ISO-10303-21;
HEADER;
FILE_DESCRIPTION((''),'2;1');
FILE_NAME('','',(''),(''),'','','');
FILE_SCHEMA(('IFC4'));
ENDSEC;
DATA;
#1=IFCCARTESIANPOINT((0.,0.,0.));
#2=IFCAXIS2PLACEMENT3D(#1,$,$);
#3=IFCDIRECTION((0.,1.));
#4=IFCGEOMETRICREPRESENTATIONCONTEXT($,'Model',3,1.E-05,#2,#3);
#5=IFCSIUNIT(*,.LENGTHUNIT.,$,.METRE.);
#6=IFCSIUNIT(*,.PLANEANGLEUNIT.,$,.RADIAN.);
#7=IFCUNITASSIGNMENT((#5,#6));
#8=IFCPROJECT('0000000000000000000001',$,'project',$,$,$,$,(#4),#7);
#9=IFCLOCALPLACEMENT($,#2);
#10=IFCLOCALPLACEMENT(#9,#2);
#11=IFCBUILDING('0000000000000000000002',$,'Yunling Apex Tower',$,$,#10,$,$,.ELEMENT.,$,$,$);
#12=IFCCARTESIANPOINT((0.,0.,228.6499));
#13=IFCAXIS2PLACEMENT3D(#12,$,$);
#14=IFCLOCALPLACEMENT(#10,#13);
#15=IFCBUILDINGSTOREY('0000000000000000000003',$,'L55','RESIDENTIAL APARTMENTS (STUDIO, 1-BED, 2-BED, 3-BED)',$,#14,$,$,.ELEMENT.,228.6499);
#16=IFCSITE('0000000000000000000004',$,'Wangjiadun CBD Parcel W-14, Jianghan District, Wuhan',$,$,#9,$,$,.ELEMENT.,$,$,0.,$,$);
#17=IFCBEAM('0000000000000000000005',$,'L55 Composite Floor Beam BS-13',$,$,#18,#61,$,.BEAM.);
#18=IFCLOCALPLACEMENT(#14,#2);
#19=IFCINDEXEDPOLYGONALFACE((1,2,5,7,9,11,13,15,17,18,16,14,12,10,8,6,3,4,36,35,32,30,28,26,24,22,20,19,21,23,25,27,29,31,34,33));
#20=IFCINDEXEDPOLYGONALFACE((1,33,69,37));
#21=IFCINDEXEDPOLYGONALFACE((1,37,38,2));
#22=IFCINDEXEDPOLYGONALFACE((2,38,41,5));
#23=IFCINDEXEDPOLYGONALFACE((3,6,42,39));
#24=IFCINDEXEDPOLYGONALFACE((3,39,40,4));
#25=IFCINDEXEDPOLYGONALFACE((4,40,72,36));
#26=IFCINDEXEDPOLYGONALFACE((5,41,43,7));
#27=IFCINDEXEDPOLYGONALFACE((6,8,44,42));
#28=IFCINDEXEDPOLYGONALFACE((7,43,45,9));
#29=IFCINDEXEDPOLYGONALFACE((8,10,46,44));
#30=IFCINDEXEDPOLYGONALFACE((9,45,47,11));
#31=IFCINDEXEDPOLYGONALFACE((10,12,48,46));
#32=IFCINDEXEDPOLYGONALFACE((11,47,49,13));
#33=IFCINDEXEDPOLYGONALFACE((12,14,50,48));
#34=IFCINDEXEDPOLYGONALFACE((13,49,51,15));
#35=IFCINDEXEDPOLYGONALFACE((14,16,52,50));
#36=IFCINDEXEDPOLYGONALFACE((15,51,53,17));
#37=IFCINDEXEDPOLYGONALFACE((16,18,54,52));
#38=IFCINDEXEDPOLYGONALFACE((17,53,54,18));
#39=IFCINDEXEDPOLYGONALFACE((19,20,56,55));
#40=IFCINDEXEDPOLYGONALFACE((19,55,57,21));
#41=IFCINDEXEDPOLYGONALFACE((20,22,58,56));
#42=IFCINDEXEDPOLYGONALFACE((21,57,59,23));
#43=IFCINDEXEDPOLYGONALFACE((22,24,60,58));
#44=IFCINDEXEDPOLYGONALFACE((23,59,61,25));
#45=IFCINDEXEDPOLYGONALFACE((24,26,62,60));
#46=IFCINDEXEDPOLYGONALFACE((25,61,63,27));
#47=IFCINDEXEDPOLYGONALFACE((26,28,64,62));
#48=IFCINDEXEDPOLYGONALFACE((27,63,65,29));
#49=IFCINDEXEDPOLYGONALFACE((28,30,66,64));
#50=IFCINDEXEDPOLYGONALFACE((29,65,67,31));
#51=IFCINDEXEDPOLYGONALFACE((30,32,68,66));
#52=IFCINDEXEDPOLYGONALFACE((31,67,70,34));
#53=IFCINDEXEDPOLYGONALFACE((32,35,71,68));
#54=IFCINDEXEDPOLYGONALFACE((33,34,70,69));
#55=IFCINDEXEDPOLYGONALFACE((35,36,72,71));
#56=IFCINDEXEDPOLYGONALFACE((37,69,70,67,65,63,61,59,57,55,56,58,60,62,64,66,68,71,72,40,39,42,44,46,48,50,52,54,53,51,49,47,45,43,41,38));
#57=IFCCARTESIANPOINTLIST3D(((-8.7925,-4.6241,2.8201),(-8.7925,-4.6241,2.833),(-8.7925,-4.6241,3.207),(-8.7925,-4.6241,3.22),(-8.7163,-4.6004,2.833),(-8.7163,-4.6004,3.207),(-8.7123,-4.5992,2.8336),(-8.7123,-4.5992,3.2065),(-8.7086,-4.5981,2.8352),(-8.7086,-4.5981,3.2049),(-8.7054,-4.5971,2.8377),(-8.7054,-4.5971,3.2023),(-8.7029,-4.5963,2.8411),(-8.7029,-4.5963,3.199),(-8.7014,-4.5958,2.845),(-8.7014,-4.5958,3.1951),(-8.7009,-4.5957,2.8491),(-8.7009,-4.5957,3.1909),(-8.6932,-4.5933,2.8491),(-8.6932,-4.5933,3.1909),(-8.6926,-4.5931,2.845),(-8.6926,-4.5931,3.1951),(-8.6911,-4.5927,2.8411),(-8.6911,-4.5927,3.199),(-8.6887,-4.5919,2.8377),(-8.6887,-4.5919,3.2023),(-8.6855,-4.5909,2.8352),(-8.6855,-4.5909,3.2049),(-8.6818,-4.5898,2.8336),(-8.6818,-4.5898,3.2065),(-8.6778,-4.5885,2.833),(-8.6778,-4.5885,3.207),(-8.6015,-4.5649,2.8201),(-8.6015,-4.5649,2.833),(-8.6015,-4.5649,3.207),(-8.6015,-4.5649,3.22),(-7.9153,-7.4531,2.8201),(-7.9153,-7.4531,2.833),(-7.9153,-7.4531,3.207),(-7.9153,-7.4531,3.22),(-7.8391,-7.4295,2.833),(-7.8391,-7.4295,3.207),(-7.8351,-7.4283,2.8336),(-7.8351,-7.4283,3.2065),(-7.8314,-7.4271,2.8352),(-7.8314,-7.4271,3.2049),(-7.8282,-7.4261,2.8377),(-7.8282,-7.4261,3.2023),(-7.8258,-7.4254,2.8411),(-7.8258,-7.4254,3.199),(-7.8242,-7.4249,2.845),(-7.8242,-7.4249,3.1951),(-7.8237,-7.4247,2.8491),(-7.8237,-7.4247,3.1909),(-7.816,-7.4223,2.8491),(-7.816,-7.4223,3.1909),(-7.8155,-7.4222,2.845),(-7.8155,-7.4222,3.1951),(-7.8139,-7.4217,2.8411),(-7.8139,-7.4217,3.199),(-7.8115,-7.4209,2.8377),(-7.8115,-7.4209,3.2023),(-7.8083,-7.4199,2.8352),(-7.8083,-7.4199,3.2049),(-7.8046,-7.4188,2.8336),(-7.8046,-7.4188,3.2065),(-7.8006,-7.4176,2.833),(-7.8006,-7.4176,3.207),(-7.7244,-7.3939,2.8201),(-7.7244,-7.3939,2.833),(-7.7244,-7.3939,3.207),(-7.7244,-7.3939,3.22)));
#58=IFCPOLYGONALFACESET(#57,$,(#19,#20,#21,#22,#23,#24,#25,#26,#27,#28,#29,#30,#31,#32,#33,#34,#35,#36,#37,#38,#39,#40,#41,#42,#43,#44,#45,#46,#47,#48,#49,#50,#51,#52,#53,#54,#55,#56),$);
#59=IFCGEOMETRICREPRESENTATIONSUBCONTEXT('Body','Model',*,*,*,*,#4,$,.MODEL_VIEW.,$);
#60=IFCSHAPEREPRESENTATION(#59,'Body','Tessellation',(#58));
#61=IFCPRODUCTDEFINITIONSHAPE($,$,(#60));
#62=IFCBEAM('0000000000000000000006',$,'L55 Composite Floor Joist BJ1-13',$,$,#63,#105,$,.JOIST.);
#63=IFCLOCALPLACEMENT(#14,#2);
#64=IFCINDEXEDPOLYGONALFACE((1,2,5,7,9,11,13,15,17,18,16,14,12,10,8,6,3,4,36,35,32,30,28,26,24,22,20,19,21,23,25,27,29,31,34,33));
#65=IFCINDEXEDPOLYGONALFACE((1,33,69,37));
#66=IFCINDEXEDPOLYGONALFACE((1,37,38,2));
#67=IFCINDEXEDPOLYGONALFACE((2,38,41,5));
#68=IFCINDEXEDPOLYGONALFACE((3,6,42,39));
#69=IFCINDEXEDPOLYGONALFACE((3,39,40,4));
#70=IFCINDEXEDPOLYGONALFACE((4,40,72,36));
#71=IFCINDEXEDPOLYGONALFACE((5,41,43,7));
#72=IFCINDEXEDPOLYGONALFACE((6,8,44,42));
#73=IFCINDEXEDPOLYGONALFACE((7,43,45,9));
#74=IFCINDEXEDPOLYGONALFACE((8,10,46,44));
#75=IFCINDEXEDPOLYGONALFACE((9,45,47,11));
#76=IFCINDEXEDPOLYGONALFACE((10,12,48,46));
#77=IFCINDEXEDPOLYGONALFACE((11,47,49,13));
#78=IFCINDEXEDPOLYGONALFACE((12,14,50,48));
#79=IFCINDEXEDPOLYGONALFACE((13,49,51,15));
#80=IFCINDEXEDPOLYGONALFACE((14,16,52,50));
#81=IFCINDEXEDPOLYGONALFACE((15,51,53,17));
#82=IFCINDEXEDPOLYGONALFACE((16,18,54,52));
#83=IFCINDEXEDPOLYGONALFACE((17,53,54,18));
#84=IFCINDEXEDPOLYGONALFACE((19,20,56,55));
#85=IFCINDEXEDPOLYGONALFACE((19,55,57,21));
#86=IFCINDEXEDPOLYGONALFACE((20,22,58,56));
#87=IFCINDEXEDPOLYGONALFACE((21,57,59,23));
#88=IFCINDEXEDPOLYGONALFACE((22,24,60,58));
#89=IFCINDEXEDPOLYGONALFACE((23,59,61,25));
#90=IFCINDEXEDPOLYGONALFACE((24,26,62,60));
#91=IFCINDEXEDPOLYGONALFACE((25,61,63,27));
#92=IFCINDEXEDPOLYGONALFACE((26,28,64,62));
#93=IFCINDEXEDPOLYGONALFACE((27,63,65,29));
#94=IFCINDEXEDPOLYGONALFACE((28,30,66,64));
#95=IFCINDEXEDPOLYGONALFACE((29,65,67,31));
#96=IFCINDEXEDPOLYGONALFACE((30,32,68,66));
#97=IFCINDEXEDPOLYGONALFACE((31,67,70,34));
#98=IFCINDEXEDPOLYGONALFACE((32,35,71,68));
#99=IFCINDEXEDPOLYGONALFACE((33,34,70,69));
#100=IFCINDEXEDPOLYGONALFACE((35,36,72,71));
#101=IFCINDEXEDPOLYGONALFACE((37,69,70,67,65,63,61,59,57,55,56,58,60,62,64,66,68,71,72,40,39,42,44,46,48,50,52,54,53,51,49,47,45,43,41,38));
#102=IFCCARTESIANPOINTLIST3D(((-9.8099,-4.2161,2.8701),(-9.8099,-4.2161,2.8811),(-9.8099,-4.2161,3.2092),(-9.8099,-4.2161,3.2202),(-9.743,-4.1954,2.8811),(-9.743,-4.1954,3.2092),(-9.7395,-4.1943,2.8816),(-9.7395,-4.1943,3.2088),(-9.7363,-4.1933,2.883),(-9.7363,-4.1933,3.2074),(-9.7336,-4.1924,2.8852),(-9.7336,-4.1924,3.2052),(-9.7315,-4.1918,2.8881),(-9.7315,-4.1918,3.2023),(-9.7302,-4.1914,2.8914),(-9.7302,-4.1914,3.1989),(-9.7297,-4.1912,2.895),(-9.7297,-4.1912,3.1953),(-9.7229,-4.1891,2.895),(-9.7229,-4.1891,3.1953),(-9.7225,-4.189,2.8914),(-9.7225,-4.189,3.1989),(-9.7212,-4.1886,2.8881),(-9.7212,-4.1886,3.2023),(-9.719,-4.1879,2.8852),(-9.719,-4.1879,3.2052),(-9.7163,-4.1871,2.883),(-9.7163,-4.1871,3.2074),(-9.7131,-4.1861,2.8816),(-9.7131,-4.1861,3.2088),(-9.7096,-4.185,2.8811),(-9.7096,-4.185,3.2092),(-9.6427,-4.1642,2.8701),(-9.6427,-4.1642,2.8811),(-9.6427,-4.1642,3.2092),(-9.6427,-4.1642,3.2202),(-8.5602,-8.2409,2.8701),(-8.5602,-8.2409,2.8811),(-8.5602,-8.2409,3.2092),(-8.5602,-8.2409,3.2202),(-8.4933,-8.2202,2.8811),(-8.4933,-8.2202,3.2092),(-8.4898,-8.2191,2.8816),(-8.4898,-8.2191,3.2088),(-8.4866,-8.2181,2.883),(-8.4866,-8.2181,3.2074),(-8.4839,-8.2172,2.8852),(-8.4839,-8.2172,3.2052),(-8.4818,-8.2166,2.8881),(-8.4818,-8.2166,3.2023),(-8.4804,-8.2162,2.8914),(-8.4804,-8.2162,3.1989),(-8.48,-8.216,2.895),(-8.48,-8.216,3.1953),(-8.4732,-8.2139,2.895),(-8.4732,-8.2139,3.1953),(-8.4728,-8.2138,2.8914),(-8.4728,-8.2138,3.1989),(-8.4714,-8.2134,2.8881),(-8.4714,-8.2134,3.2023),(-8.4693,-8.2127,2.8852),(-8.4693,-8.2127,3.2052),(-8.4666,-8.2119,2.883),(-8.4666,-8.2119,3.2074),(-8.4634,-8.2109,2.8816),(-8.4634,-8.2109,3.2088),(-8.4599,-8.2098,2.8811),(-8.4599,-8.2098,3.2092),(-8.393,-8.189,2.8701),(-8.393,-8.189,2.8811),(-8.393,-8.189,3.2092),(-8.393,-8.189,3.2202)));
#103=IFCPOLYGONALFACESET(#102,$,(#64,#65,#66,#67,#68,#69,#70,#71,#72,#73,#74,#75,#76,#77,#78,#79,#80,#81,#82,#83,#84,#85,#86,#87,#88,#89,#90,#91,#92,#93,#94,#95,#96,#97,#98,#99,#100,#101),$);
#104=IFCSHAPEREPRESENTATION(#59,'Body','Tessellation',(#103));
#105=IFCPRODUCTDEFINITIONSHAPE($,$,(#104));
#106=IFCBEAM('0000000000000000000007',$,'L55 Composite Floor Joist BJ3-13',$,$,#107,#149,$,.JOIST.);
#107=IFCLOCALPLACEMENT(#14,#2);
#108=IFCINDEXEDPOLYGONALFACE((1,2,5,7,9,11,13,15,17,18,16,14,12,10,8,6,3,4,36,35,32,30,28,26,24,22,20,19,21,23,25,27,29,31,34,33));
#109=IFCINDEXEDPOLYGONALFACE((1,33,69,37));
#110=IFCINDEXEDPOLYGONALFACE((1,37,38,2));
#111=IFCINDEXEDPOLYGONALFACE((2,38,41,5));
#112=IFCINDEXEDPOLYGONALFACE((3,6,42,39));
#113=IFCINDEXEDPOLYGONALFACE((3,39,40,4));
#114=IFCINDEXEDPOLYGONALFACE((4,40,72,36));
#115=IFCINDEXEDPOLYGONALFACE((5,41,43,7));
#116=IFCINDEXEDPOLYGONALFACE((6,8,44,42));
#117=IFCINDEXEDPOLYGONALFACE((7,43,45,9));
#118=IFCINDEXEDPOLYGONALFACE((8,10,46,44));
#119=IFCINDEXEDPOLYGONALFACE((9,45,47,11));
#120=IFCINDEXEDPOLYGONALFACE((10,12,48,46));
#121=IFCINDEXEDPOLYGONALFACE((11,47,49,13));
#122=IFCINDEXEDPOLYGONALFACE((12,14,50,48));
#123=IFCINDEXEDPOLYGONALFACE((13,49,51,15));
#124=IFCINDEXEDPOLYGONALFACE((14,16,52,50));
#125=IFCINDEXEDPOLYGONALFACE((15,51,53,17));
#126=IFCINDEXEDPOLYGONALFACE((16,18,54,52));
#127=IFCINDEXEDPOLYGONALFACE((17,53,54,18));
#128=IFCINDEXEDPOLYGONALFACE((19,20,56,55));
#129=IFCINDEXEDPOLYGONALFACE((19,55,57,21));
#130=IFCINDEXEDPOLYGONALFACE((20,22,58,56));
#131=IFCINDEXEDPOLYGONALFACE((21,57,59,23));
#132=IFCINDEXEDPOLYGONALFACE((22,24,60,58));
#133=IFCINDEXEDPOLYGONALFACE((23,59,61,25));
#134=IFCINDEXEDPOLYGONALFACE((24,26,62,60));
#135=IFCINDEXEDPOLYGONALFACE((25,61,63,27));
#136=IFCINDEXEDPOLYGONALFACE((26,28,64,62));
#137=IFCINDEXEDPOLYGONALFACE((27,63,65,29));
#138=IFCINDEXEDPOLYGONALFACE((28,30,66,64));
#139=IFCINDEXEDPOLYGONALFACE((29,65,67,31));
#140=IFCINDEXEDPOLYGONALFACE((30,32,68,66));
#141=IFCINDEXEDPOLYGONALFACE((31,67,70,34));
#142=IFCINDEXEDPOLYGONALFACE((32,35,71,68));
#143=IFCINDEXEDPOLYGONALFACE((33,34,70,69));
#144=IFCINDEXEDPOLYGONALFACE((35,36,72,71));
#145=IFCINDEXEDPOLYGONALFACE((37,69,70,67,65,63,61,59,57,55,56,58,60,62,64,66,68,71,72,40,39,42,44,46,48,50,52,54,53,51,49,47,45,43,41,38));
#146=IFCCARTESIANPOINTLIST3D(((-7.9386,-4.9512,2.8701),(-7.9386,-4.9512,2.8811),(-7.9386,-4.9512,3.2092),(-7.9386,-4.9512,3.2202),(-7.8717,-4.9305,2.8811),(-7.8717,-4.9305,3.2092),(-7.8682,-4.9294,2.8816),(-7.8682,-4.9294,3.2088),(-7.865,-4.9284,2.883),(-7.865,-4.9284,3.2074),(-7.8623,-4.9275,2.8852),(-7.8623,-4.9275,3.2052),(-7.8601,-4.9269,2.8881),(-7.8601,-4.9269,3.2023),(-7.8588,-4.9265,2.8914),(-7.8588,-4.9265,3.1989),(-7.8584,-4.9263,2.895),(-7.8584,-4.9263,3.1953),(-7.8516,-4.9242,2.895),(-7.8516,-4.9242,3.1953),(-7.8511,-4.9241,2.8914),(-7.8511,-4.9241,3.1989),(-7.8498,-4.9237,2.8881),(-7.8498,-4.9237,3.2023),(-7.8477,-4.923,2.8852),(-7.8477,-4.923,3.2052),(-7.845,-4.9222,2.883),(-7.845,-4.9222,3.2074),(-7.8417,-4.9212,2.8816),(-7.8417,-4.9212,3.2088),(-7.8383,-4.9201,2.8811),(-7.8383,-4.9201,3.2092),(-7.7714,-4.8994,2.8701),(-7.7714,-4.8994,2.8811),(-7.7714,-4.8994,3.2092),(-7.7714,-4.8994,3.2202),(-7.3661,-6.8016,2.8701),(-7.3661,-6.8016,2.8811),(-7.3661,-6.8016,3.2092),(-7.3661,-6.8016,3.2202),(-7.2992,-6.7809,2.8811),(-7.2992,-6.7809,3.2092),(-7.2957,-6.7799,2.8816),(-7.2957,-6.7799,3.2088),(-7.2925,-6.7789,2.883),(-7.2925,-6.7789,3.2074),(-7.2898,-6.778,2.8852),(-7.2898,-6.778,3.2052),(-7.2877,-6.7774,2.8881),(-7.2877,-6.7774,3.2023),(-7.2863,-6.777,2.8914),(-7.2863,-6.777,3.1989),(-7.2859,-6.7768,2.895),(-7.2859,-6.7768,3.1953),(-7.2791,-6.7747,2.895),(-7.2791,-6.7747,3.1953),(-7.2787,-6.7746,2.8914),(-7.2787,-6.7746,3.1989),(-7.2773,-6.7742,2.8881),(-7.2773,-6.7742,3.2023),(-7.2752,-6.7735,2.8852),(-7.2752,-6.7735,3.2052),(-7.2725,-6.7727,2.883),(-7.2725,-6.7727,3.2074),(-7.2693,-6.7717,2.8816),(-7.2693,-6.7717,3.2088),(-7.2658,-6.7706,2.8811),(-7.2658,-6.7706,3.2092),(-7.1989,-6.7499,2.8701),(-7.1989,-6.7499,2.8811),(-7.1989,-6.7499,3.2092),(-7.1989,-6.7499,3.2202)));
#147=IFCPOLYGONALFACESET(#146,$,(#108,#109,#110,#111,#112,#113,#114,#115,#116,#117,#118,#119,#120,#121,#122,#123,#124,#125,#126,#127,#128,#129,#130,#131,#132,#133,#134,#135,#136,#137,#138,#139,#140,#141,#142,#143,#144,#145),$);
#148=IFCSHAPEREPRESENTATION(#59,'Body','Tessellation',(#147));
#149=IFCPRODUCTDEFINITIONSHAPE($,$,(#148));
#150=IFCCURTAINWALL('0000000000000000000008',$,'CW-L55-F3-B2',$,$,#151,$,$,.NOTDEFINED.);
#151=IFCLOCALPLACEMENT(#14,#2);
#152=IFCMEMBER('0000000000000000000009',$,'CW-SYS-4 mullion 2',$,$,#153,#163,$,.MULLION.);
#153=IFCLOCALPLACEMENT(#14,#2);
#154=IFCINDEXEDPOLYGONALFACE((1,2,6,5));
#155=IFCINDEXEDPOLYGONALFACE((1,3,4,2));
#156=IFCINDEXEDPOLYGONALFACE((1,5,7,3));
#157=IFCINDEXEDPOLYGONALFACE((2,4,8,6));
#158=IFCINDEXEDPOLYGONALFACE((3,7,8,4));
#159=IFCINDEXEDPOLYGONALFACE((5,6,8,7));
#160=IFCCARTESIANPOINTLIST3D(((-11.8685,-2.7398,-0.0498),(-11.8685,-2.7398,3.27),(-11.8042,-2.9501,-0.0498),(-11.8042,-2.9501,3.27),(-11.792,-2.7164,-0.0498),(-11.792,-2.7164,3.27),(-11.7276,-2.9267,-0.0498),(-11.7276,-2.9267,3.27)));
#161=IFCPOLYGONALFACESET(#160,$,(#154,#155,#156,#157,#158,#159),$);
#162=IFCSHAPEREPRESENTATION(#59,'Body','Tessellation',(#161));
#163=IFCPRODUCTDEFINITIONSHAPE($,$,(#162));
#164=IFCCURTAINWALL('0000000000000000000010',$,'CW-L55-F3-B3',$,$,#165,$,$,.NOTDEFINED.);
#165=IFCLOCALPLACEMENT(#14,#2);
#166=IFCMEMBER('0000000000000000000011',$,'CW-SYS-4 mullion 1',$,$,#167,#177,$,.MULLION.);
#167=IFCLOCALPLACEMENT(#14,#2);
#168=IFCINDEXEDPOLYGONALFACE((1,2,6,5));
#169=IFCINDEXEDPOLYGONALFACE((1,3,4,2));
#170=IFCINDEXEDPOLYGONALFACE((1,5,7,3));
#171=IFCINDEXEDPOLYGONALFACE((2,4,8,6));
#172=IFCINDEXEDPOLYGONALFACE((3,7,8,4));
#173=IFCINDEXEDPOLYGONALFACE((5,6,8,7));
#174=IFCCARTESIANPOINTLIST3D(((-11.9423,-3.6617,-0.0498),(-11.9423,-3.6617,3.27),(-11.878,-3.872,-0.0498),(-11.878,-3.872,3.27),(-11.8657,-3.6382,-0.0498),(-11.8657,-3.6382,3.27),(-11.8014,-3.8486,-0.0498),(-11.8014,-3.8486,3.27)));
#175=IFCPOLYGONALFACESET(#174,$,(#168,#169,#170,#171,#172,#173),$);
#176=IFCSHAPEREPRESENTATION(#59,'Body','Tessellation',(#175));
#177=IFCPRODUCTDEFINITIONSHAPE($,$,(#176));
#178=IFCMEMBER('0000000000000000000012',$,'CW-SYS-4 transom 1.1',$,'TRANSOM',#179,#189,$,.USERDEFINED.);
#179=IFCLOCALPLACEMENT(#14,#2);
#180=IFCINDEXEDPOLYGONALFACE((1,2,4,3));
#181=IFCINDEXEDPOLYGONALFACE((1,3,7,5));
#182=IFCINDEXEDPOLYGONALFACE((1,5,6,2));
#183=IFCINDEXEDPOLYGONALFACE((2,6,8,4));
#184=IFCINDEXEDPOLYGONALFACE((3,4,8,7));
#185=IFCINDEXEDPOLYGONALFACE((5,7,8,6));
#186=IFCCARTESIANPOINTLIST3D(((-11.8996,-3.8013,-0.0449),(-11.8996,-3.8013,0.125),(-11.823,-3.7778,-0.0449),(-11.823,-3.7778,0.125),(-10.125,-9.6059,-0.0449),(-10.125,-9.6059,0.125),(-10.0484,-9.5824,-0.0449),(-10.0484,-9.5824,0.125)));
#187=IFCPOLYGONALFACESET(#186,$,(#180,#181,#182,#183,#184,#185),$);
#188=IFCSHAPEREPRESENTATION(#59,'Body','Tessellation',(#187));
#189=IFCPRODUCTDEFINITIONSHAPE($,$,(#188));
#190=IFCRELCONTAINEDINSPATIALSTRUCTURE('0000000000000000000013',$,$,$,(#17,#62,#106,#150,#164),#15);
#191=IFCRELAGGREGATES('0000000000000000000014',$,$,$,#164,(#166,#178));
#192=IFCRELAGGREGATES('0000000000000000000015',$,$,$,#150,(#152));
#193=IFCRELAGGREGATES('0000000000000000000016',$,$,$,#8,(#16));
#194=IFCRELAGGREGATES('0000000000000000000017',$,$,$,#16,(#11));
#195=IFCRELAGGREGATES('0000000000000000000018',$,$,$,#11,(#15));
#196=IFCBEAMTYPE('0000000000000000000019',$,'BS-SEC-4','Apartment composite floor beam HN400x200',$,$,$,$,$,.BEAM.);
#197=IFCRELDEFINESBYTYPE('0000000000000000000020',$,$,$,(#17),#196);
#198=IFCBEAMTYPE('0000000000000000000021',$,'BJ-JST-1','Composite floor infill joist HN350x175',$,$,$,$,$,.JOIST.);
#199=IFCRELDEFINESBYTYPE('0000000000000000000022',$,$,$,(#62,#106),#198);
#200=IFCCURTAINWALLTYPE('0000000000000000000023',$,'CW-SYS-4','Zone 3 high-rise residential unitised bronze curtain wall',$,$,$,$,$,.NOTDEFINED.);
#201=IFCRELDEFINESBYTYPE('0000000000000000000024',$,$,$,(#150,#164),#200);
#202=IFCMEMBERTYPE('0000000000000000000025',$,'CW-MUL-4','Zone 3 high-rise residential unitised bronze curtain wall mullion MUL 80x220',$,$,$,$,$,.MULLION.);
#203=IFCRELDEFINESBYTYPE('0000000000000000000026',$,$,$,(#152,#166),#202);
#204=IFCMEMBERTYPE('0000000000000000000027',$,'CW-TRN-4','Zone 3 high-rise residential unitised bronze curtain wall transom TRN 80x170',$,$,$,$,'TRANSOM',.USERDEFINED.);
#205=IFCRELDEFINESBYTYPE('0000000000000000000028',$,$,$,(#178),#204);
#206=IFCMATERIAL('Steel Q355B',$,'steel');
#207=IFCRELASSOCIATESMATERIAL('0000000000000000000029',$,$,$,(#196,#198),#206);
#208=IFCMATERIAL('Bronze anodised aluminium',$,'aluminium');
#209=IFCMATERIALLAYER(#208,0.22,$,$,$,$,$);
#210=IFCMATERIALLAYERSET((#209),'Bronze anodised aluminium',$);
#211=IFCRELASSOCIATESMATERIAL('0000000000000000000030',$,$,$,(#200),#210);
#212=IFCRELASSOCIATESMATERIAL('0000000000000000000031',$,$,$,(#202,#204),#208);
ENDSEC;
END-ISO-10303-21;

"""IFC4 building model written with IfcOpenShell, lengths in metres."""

from ifc_helpers import new_model, si_unit, direction, frame, origin, origin_2d, place, context, subcontext, project, spatial, rectangle, i_section, extrude, source, transform, mapped, material, layer, layer_set, material_profile, profile_set, type_object, element, aggregate, save


model = new_model("IFC4")

# Units and contexts
model_context = context("Model", 3, precision=1e-05, world=origin(), true_north=direction((0.0, 1.0)))
body_context = subcontext(model_context, "Body", "Model", "MODEL_VIEW")
ifc_project = project(units=[si_unit("LENGTHUNIT", "METRE"), si_unit("PLANEANGLEUNIT", "RADIAN")], contexts=[model_context])

# Site, building, storey
site_placement = place(None, origin())
site = spatial("IfcSite", under=ifc_project, at=site_placement, Name="Wangjiadun CBD Parcel W-14, Jianghan District, Wuhan", CompositionType="ELEMENT", RefElevation=0.0)
building_placement = place(site_placement, origin())
building = spatial("IfcBuilding", under=site, at=building_placement, Name="Yunling Apex Tower", CompositionType="ELEMENT")
storey_placement = place(building_placement, frame((0.0, 0.0, 228.6499)))
storey = spatial("IfcBuildingStorey", under=building, at=storey_placement, Name="L55", Description="RESIDENTIAL APARTMENTS (STUDIO, 1-BED, 2-BED, 3-BED)", CompositionType="ELEMENT", Elevation=228.6499)

# Beams
ifc_material_1 = material(Name="Steel Q355B", Category="steel")
ifc_material_profile_1 = material_profile(ifc_material_1, i_section(OverallWidth=0.2, OverallDepth=0.3999, WebThickness=0.0081, FlangeThickness=0.0129, FilletRadius=0.0161, at=origin_2d()))
ifc_profile_set_1 = profile_set([ifc_material_profile_1], Name="Steel Q355B")
beam_type_1 = type_object("IfcBeamType", Name="BS-SEC-4", Description="Apartment composite floor beam HN400x200", PredefinedType="BEAM", material=ifc_profile_set_1)
shared_shape_1 = source(origin(), body_context, "Body", "SweptSolid", [
    extrude(i_section(OverallWidth=0.2, OverallDepth=0.3999, WebThickness=0.0081, FlangeThickness=0.0129, FilletRadius=0.0161, at=origin_2d()), origin(), (0.0, 0.0, 1.0), 2.9619),
])
beam_1_placement = place(storey_placement, frame((-8.697, -4.5945, 3.02), z_axis=(0.296153, -0.955141, 0.0), x_axis=(0.955141, 0.296153, 0.0)))
element("IfcBeam", 1, at=beam_1_placement, inside=storey, type_object=beam_type_1, Name="L55 Composite Floor Beam BS-13", PredefinedType="BEAM", context=body_context, shape_type="MappedRepresentation", body=[
    mapped(shared_shape_1, transform((0.0, 0.0, 0.0), scale=1.0)),
])
ifc_material_profile_2 = material_profile(ifc_material_1, i_section(OverallWidth=0.175, OverallDepth=0.3501, WebThickness=0.0071, FlangeThickness=0.011, FilletRadius=0.0139, at=origin_2d()))
ifc_profile_set_2 = profile_set([ifc_material_profile_2], Name="Steel Q355B")
beam_type_2 = type_object("IfcBeamType", Name="BJ-JST-1", Description="Composite floor infill joist HN350x175", PredefinedType="JOIST", material=ifc_profile_set_2)
shared_shape_2 = source(origin(), body_context, "Body", "SweptSolid", [
    extrude(i_section(OverallWidth=0.175, OverallDepth=0.3501, WebThickness=0.0071, FlangeThickness=0.011, FilletRadius=0.0139, at=origin_2d()), origin(), (0.0, 0.0, 1.0), 4.2144),
])
beam_2_placement = place(storey_placement, frame((-9.7263, -4.1902, 3.0452), z_axis=(0.29654, -0.955021, 0.0), x_axis=(0.955021, 0.29654, 0.0)))
element("IfcBeam", 2, at=beam_2_placement, inside=storey, type_object=beam_type_2, Name="L55 Composite Floor Joist BJ1-13", PredefinedType="JOIST", context=body_context, shape_type="MappedRepresentation", body=[
    mapped(shared_shape_2, transform((0.0, 0.0, 0.0), scale=1.0)),
])
shared_shape_3 = source(origin(), body_context, "Body", "SweptSolid", [
    extrude(i_section(OverallWidth=0.175, OverallDepth=0.3501, WebThickness=0.0071, FlangeThickness=0.011, FilletRadius=0.0139, at=origin_2d()), origin(), (0.0, 0.0, 1.0), 1.937),
])
beam_3_placement = place(storey_placement, frame((-7.855, -4.9253, 3.0452), z_axis=(0.295547, -0.955328, 0.0), x_axis=(0.955328, 0.295547, 0.0)))
element("IfcBeam", 3, at=beam_3_placement, inside=storey, type_object=beam_type_2, Name="L55 Composite Floor Joist BJ3-13", PredefinedType="JOIST", context=body_context, shape_type="MappedRepresentation", body=[
    mapped(shared_shape_3, transform((0.0, 0.0, 0.0), scale=1.0)),
])

# Curtain wall, member
ifc_material_2 = material(Name="Bronze anodised aluminium", Category="aluminium")
ifc_layer_1 = layer(ifc_material_2, 0.22)
ifc_layer_set_1 = layer_set([ifc_layer_1], Name="Bronze anodised aluminium")
curtain_wall_type = type_object("IfcCurtainWallType", Name="CW-SYS-4", Description="Zone 3 high-rise residential unitised bronze curtain wall", PredefinedType="NOTDEFINED", material=ifc_layer_set_1)
curtain_wall_1_placement = place(storey_placement, origin())
curtain_wall_1 = element("IfcCurtainWall", 4, at=curtain_wall_1_placement, inside=storey, type_object=curtain_wall_type, Name="CW-L55-F3-B2", PredefinedType="NOTDEFINED")
ifc_material_profile_3 = material_profile(ifc_material_2, rectangle(XDim=0.0801, YDim=0.22, at=origin_2d()))
ifc_profile_set_3 = profile_set([ifc_material_profile_3], Name="Bronze anodised aluminium")
member_type_1 = type_object("IfcMemberType", Name="CW-MUL-4", Description="Zone 3 high-rise residential unitised bronze curtain wall mullion MUL 80x220", PredefinedType="MULLION", material=ifc_profile_set_3)
shared_shape_4 = source(origin(), body_context, "Body", "SweptSolid", [
    extrude(rectangle(XDim=0.0801, YDim=0.22, at=origin_2d()), origin(), (0.0, 0.0, 1.0), 3.3198),
])
member_1_placement = place(storey_placement, frame((-11.7981, -2.8333, -0.0498), z_axis=(0.0, 0.0, 1.0), x_axis=(0.956304, 0.292373, 0.0)))
member_1 = element("IfcMember", 5, at=member_1_placement, type_object=member_type_1, Name="CW-SYS-4 mullion 2", PredefinedType="MULLION", context=body_context, shape_type="MappedRepresentation", body=[
    mapped(shared_shape_4, transform((0.0, 0.0, 0.0), scale=1.0)),
])

# Curtain wall, members
curtain_wall_2_placement = place(storey_placement, origin())
curtain_wall_2 = element("IfcCurtainWall", 6, at=curtain_wall_2_placement, inside=storey, type_object=curtain_wall_type, Name="CW-L55-F3-B3", PredefinedType="NOTDEFINED")
member_2_placement = place(storey_placement, frame((-11.8718, -3.7551, -0.0498), z_axis=(0.0, 0.0, 1.0), x_axis=(0.956305, 0.292372, 0.0)))
member_2 = element("IfcMember", 7, at=member_2_placement, type_object=member_type_1, Name="CW-SYS-4 mullion 1", PredefinedType="MULLION", context=body_context, shape_type="MappedRepresentation", body=[
    mapped(shared_shape_4, transform((0.0, 0.0, 0.0), scale=1.0)),
])
ifc_material_profile_4 = material_profile(ifc_material_2, rectangle(XDim=0.0801, YDim=0.1699, at=origin_2d()))
ifc_profile_set_4 = profile_set([ifc_material_profile_4], Name="Bronze anodised aluminium")
member_type_2 = type_object("IfcMemberType", Name="CW-TRN-4", Description="Zone 3 high-rise residential unitised bronze curtain wall transom TRN 80x170", ElementType="TRANSOM", PredefinedType="USERDEFINED", material=ifc_profile_set_4)
shared_shape_5 = source(origin(), body_context, "Body", "SweptSolid", [
    extrude(rectangle(XDim=0.0801, YDim=0.1699, at=origin_2d()), origin(), (0.0, 0.0, 1.0), 6.0698),
])
member_3_placement = place(storey_placement, frame((-11.8613, -3.7896, 0.04), z_axis=(0.29237, -0.956305, 0.0), x_axis=(0.956305, 0.29237, 0.0)))
member_3 = element("IfcMember", 8, at=member_3_placement, type_object=member_type_2, Name="CW-SYS-4 transom 1.1", ObjectType="TRANSOM", PredefinedType="USERDEFINED", context=body_context, shape_type="MappedRepresentation", body=[
    mapped(shared_shape_5, transform((0.0, 0.0, 0.0), scale=1.0)),
])
aggregate(curtain_wall_2, [member_2, member_3])

aggregate(curtain_wall_1, [member_1])

save(model, "model.ifc")
